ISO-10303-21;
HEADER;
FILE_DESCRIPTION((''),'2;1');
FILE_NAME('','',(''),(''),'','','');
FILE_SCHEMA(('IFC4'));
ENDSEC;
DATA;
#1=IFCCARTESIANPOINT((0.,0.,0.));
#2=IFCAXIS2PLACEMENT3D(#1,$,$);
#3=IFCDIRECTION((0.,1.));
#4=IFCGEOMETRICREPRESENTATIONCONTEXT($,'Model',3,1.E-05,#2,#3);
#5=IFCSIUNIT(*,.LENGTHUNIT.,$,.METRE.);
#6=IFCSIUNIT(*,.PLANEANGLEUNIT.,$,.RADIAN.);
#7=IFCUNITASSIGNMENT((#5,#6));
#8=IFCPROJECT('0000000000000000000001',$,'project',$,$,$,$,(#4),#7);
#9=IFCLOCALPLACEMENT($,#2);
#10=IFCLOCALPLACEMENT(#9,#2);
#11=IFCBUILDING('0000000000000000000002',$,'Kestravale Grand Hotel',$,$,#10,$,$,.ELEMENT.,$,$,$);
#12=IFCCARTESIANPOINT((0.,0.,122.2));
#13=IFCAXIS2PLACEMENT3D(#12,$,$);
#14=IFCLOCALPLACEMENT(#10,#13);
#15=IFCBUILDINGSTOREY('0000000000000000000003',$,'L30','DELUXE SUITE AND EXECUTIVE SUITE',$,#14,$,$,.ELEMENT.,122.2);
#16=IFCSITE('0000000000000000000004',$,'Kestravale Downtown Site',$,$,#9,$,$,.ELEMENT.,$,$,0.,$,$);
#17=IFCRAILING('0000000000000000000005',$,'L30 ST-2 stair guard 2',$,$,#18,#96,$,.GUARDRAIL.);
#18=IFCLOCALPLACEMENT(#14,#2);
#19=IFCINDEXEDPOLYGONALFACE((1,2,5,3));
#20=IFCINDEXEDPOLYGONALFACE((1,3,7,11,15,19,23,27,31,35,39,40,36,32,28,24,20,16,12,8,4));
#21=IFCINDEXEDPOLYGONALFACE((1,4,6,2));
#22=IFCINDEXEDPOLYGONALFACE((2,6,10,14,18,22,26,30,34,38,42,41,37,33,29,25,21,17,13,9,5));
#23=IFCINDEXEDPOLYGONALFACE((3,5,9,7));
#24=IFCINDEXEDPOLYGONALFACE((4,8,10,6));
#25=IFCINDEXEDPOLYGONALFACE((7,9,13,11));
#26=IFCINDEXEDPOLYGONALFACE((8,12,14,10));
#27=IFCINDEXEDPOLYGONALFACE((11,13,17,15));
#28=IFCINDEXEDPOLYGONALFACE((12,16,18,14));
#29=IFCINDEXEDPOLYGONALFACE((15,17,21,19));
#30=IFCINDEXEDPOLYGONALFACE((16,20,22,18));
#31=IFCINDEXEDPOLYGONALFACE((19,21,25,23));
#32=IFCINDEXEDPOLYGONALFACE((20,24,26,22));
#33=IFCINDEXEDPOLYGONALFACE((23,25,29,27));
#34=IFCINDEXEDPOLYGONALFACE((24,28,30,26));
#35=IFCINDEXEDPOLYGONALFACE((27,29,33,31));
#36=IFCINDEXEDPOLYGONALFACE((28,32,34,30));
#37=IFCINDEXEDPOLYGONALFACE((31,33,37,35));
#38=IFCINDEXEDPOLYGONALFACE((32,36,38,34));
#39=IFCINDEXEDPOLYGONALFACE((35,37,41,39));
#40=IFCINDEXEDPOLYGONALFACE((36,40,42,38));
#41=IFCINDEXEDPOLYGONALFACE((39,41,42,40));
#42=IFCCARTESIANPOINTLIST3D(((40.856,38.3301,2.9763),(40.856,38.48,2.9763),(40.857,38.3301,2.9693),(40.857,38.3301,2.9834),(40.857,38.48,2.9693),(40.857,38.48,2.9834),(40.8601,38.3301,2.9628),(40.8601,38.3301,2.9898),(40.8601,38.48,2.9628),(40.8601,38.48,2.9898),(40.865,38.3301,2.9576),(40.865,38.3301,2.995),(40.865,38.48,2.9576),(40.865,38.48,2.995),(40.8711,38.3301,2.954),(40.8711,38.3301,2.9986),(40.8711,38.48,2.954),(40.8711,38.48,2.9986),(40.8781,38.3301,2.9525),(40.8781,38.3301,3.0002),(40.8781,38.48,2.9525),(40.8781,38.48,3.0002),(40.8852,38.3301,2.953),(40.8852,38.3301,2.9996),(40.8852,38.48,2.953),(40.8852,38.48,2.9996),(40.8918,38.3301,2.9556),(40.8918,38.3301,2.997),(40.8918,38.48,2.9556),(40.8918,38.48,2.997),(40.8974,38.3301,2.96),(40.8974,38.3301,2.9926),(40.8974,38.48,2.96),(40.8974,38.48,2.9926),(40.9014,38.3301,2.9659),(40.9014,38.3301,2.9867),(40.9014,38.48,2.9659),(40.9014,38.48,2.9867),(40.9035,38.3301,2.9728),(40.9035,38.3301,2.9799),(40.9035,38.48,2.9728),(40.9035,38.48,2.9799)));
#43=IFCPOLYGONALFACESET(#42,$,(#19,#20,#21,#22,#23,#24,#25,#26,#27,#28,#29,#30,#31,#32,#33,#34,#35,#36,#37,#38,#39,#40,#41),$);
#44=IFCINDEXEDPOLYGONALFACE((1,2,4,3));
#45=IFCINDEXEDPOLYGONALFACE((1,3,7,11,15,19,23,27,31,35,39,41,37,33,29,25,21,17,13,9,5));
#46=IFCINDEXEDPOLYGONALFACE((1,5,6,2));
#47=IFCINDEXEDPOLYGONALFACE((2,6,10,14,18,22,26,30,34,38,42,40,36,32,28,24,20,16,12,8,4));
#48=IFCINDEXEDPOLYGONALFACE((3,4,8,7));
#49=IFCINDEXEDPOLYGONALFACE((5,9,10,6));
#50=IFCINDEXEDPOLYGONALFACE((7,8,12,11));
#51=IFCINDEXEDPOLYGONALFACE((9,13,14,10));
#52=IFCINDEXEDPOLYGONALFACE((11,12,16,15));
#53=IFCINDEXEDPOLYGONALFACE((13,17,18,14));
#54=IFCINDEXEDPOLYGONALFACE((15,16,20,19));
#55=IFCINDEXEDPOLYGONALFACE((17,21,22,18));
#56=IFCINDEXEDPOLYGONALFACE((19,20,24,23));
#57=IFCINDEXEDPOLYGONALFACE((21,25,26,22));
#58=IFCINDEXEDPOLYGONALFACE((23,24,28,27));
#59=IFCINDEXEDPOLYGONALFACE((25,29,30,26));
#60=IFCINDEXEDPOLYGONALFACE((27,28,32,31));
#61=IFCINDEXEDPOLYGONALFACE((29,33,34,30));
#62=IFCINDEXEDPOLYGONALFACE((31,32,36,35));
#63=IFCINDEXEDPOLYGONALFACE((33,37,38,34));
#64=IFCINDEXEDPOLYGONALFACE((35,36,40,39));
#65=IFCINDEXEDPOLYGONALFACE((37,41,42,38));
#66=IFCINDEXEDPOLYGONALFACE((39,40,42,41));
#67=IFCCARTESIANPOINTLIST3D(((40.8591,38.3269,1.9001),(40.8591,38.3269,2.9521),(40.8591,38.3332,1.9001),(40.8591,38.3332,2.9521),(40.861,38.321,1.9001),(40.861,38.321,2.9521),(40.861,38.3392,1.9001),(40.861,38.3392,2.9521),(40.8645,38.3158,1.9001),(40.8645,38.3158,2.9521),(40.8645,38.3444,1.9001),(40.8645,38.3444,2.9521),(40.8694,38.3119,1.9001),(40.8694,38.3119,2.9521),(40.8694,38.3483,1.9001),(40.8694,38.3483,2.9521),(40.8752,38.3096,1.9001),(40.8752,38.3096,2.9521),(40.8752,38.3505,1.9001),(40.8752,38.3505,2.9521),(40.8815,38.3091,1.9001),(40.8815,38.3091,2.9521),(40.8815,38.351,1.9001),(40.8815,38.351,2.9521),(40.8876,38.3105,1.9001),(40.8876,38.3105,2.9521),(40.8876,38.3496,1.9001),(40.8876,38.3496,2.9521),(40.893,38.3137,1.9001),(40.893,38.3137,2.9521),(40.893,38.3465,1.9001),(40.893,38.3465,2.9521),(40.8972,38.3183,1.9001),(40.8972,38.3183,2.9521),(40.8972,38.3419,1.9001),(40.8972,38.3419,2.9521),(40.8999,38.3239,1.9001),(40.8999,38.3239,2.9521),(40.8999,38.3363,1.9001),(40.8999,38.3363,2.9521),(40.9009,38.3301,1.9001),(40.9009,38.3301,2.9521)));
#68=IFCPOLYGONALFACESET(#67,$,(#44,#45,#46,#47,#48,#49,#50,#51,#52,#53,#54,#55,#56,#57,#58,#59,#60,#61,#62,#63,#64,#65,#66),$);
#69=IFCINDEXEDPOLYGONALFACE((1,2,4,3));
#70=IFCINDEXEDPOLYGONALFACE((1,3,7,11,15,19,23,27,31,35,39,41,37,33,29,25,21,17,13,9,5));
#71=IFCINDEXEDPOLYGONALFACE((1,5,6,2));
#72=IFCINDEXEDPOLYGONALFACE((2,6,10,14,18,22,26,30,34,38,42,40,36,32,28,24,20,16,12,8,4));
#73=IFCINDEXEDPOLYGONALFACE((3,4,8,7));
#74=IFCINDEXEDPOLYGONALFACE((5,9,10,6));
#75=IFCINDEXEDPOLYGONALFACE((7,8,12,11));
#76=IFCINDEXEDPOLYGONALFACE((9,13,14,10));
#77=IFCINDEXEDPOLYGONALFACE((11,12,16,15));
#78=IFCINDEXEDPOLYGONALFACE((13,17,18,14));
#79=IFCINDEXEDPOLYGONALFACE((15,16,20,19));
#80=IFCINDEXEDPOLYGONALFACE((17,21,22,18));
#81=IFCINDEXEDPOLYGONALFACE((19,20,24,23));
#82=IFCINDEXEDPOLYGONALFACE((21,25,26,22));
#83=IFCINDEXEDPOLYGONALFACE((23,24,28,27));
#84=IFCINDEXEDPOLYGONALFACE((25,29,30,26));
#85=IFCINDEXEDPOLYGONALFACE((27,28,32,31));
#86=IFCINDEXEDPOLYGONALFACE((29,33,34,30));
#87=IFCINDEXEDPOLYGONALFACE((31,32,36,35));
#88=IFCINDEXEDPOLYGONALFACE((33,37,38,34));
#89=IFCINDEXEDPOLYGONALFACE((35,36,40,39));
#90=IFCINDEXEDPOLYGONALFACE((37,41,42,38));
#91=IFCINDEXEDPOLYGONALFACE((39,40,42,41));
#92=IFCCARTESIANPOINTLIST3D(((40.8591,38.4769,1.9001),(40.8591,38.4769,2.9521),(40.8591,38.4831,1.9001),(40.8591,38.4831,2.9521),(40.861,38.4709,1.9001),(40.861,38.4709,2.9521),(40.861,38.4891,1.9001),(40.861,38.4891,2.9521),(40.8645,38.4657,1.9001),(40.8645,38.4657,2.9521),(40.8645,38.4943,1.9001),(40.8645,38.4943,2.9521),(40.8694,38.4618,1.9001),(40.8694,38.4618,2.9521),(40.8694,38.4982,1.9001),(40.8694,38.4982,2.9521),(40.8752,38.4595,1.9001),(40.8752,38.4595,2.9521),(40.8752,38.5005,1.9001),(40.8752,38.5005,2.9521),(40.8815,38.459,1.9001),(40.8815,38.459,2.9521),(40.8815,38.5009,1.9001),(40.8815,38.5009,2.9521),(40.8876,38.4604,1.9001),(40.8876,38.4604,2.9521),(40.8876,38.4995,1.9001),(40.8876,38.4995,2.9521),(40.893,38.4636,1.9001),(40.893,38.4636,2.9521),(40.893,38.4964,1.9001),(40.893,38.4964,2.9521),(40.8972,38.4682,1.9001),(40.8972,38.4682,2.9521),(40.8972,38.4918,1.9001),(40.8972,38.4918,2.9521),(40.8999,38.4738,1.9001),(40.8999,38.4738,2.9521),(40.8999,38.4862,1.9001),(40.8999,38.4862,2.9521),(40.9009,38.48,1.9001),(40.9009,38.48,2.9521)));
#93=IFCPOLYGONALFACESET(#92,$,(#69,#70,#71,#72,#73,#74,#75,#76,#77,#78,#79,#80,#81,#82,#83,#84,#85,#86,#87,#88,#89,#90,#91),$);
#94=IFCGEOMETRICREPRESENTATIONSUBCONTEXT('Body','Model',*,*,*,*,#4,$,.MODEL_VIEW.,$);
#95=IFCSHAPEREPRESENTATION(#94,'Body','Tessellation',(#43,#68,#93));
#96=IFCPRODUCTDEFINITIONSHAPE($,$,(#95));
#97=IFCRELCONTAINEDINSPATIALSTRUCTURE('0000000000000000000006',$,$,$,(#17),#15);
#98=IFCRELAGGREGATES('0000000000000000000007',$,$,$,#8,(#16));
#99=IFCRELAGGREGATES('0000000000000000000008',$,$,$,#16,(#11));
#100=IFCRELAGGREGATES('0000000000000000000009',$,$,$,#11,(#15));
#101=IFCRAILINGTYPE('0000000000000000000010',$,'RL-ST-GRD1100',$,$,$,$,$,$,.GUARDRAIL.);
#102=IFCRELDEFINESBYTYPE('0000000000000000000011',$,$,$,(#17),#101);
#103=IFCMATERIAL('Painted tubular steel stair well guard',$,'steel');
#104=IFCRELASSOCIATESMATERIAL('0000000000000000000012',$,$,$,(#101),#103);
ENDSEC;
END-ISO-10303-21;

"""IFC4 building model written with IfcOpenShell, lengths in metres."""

from ifc_helpers import new_model, si_unit, direction, frame, origin, origin_2d, place, context, subcontext, project, spatial, circle, extrude, material, type_object, element, save


model = new_model("IFC4")

# Units and contexts
model_context = context("Model", 3, precision=1e-05, world=origin(), true_north=direction((0.0, 1.0)))
body_context = subcontext(model_context, "Body", "Model", "MODEL_VIEW")
ifc_project = project(units=[si_unit("LENGTHUNIT", "METRE"), si_unit("PLANEANGLEUNIT", "RADIAN")], contexts=[model_context])

# Site, building, storey
site_placement = place(None, origin())
site = spatial("IfcSite", under=ifc_project, at=site_placement, Name="Kestravale Downtown Site", CompositionType="ELEMENT", RefElevation=0.0)
building_placement = place(site_placement, origin())
building = spatial("IfcBuilding", under=site, at=building_placement, Name="Kestravale Grand Hotel", CompositionType="ELEMENT")
storey_placement = place(building_placement, frame((0.0, 0.0, 122.2)))
storey = spatial("IfcBuildingStorey", under=building, at=storey_placement, Name="L30", Description="DELUXE SUITE AND EXECUTIVE SUITE", CompositionType="ELEMENT", Elevation=122.2)

# Railing
ifc_material_1 = material(Name="Painted tubular steel stair well guard", Category="steel")
railing_type_1 = type_object("IfcRailingType", Name="RL-ST-GRD1100", PredefinedType="GUARDRAIL", material=ifc_material_1)
railing_1_placement = place(storey_placement, frame((40.8799, 38.3301, 1.9001)))
element("IfcRailing", 1, at=railing_1_placement, inside=storey, type_object=railing_type_1, Name="L30 ST-2 stair guard 2", PredefinedType="GUARDRAIL", context=body_context, shape_type="SweptSolid", body=[
    extrude(circle(Radius=0.0239, at=origin_2d()), frame((0.0, 0.0, 1.0762), z_axis=(0.0, 1.0, 0.0), x_axis=(-1.0, 0.0, 0.0)), (0.0, 0.0, 1.0), 0.1499),
    extrude(circle(Radius=0.021, at=origin_2d()), origin(), (0.0, 0.0, 1.0), 1.052),
    extrude(circle(Radius=0.021, at=origin_2d()), frame((0.0, 0.1499, 0.0)), (0.0, 0.0, 1.0), 1.052),
])

save(model, "model.ifc")
